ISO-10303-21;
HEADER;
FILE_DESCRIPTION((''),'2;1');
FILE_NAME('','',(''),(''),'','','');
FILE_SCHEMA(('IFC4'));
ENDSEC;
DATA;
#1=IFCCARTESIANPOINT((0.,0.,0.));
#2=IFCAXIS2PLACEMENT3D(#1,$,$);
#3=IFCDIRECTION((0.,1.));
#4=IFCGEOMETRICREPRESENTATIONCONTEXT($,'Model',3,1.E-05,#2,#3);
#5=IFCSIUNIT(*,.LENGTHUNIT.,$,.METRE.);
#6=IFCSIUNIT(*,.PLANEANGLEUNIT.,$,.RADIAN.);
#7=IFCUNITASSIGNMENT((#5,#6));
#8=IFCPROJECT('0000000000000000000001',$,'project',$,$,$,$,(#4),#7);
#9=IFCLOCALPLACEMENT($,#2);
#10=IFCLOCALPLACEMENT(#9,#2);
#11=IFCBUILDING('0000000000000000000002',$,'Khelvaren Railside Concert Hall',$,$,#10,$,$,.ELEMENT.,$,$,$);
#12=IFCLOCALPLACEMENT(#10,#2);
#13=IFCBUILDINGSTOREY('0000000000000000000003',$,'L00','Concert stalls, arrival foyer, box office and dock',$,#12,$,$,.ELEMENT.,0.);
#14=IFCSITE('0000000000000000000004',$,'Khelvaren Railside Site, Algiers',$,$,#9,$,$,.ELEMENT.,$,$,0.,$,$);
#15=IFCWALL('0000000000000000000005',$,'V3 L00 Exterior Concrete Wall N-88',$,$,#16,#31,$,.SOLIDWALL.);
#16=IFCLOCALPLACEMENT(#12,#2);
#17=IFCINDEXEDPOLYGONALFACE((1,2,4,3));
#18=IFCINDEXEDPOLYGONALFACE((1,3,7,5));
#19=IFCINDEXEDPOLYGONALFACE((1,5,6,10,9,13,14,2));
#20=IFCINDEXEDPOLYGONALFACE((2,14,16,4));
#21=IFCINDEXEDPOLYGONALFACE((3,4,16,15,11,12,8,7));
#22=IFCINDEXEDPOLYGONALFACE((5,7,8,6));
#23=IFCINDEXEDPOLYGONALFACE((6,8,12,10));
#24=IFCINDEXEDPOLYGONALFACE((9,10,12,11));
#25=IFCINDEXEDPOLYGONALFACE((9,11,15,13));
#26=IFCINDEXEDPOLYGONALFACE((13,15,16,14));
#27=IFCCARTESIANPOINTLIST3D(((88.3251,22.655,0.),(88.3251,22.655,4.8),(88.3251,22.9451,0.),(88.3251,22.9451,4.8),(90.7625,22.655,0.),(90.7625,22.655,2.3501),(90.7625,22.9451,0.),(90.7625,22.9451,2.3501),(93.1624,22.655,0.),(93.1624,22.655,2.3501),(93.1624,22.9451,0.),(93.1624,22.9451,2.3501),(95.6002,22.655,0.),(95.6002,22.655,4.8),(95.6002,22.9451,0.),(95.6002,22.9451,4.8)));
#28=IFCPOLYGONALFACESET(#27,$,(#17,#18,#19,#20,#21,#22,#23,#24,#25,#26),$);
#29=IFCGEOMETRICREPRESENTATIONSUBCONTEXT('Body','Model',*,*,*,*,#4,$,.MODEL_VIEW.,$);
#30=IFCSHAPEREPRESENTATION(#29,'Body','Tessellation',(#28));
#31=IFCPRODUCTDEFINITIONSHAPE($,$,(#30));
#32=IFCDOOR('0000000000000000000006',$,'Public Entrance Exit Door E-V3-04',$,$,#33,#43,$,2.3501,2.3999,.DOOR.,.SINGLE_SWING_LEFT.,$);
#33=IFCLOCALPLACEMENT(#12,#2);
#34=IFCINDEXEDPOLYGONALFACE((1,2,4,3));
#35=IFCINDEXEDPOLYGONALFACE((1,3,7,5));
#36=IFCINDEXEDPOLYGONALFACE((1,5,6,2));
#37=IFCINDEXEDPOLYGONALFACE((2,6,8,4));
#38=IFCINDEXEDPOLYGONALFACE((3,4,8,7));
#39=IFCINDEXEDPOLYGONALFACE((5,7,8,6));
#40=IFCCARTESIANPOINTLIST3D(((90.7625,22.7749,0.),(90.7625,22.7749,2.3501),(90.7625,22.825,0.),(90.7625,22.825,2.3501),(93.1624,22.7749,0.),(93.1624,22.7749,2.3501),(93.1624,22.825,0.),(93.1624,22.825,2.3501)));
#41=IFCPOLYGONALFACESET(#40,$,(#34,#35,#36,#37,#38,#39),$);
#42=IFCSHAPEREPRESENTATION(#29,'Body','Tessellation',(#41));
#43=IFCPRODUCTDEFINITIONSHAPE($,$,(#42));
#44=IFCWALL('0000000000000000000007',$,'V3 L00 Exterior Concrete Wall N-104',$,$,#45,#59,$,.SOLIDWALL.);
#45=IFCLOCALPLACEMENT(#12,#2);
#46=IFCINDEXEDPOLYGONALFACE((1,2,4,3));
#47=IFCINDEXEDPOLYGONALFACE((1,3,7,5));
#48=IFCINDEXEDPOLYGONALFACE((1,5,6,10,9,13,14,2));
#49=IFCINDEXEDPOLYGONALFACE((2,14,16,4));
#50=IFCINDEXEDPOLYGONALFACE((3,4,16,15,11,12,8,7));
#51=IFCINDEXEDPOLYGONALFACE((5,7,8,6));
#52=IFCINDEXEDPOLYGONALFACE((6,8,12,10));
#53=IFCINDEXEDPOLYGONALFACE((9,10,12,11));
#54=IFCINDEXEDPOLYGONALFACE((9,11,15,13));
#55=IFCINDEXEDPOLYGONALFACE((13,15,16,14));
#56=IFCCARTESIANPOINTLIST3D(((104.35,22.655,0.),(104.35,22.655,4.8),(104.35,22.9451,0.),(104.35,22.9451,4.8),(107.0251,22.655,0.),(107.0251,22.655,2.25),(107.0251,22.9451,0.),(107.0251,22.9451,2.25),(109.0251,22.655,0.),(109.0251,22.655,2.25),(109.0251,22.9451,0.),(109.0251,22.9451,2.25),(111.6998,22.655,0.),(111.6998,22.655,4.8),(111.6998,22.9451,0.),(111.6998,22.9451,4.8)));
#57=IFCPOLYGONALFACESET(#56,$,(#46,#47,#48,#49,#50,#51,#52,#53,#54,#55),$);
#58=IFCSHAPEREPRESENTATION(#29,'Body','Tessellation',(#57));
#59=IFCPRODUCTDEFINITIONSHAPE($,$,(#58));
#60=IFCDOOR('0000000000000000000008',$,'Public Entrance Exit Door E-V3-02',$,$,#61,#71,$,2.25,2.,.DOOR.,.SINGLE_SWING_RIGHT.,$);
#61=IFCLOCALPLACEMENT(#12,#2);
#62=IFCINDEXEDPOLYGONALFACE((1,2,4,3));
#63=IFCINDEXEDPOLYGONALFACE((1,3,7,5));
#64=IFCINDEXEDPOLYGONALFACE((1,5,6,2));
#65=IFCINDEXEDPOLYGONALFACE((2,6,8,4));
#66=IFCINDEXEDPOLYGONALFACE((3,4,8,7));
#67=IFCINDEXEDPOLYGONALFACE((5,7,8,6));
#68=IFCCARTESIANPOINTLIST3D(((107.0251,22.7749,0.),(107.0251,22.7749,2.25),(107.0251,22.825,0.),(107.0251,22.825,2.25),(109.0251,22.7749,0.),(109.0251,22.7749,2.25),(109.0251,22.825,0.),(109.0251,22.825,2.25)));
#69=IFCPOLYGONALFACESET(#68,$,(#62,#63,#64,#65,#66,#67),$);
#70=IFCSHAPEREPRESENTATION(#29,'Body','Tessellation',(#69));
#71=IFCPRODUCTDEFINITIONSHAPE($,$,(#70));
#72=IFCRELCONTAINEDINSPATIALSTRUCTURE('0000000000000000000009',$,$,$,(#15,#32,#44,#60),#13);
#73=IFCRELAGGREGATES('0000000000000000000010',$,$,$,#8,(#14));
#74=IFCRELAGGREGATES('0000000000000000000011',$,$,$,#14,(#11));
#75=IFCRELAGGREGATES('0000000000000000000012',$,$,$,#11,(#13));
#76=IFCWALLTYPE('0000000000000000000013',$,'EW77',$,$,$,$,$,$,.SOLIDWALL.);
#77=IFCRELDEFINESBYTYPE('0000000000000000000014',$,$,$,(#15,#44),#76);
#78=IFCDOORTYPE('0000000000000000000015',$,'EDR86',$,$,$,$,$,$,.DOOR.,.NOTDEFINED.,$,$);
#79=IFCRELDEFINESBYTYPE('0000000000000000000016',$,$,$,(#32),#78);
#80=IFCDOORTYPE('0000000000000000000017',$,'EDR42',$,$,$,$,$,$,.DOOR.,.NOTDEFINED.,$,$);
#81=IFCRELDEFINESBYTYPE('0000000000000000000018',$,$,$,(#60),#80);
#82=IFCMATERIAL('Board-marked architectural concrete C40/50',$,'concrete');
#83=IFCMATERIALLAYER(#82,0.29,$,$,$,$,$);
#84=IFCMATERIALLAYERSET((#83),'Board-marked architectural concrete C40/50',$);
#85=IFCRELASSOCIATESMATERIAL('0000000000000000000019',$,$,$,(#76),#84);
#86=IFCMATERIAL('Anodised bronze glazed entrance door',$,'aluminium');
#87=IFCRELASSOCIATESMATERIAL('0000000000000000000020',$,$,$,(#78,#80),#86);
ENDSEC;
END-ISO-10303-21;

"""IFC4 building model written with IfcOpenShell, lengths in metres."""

from ifc_helpers import new_model, si_unit, direction, frame, frame_2d, origin, place, context, subcontext, project, spatial, rectangle, extrude, material, layer, layer_set, type_object, element, fill, save


model = new_model("IFC4")

# Units and contexts
model_context = context("Model", 3, precision=1e-05, world=origin(), true_north=direction((0.0, 1.0)))
body_context = subcontext(model_context, "Body", "Model", "MODEL_VIEW")
ifc_project = project(units=[si_unit("LENGTHUNIT", "METRE"), si_unit("PLANEANGLEUNIT", "RADIAN")], contexts=[model_context])

# Site, building, storey
site_placement = place(None, origin())
site = spatial("IfcSite", under=ifc_project, at=site_placement, Name="Khelvaren Railside Site, Algiers", CompositionType="ELEMENT", RefElevation=0.0)
building_placement = place(site_placement, origin())
building = spatial("IfcBuilding", under=site, at=building_placement, Name="Khelvaren Railside Concert Hall", CompositionType="ELEMENT")
storey_placement = place(building_placement, origin())
storey = spatial("IfcBuildingStorey", under=building, at=storey_placement, Name="L00", Description="Concert stalls, arrival foyer, box office and dock", CompositionType="ELEMENT", Elevation=0.0)

# Walls, openings, doors
ifc_material_1 = material(Name="Board-marked architectural concrete C40/50", Category="concrete")
ifc_layer_1 = layer(ifc_material_1, 0.29)
ifc_layer_set_1 = layer_set([ifc_layer_1], Name="Board-marked architectural concrete C40/50")
wall_type = type_object("IfcWallType", Name="EW77", PredefinedType="SOLIDWALL", material=ifc_layer_set_1)
wall_1_placement = place(storey_placement, frame((88.325, 22.8, 0.0), z_axis=(0.0, 0.0, 1.0), x_axis=(1.0, 0.0, 0.0)))
wall_1 = element("IfcWall", 1, at=wall_1_placement, inside=storey, type_object=wall_type, Name="V3 L00 Exterior Concrete Wall N-88", PredefinedType="SOLIDWALL", context=body_context, shape_type="SweptSolid", body=[
    extrude(rectangle(XDim=7.2751, YDim=0.29, at=frame_2d((3.6377, 0.0))), origin(), (0.0, 0.0, 1.0), 4.8),
])
opening_1_placement = place(wall_1_placement, frame((2.4375, 0.0, 0.0)))
opening_1 = element("IfcOpeningElement", 2, at=opening_1_placement, cuts=wall_1, PredefinedType="OPENING", context=body_context, shape_type="SweptSolid", body=[
    extrude(rectangle(XDim=2.3999, YDim=2.3501, at=frame_2d((1.2, 1.175))), frame((0.0, 0.155, 0.0), z_axis=(0.0, -1.0, 0.0), x_axis=(1.0, 0.0, 0.0)), (0.0, 0.0, 1.0), 0.3101),
])
ifc_material_2 = material(Name="Anodised bronze glazed entrance door", Category="aluminium")
door_type_1 = type_object("IfcDoorType", Name="EDR86", OperationType="NOTDEFINED", PredefinedType="DOOR", material=ifc_material_2)
door_1_placement = place(opening_1_placement, origin())
door_1 = element("IfcDoor", 3, at=door_1_placement, inside=storey, type_object=door_type_1, Name="Public Entrance Exit Door E-V3-04", OperationType="SINGLE_SWING_LEFT", OverallHeight=2.3501, OverallWidth=2.3999, PredefinedType="DOOR", context=body_context, shape_type="SweptSolid", body=[
    extrude(rectangle(XDim=2.3999, YDim=2.3501, at=frame_2d((1.2, 1.175))), frame((0.0, 0.0249, 0.0), z_axis=(0.0, -1.0, 0.0), x_axis=(1.0, 0.0, 0.0)), (0.0, 0.0, 1.0), 0.05),
])
fill(opening_1, door_1)
wall_2_placement = place(storey_placement, frame((104.3501, 22.8, 0.0), z_axis=(0.0, 0.0, 1.0), x_axis=(1.0, 0.0, 0.0)))
wall_2 = element("IfcWall", 4, at=wall_2_placement, inside=storey, type_object=wall_type, Name="V3 L00 Exterior Concrete Wall N-104", PredefinedType="SOLIDWALL", context=body_context, shape_type="SweptSolid", body=[
    extrude(rectangle(XDim=7.3499, YDim=0.29, at=frame_2d((3.6748, 0.0))), origin(), (0.0, 0.0, 1.0), 4.8),
])
opening_2_placement = place(wall_2_placement, frame((2.675, 0.0, 0.0)))
opening_2 = element("IfcOpeningElement", 5, at=opening_2_placement, cuts=wall_2, PredefinedType="OPENING", context=body_context, shape_type="SweptSolid", body=[
    extrude(rectangle(XDim=2.0, YDim=2.25, at=frame_2d((1.0, 1.125))), frame((0.0, 0.155, 0.0), z_axis=(0.0, -1.0, 0.0), x_axis=(1.0, 0.0, 0.0)), (0.0, 0.0, 1.0), 0.3101),
])
door_type_2 = type_object("IfcDoorType", Name="EDR42", OperationType="NOTDEFINED", PredefinedType="DOOR", material=ifc_material_2)
door_2_placement = place(opening_2_placement, origin())
door_2 = element("IfcDoor", 6, at=door_2_placement, inside=storey, type_object=door_type_2, Name="Public Entrance Exit Door E-V3-02", OperationType="SINGLE_SWING_RIGHT", OverallHeight=2.25, OverallWidth=2.0, PredefinedType="DOOR", context=body_context, shape_type="SweptSolid", body=[
    extrude(rectangle(XDim=2.0, YDim=2.25, at=frame_2d((1.0, 1.125))), frame((0.0, 0.0249, 0.0), z_axis=(0.0, -1.0, 0.0), x_axis=(1.0, 0.0, 0.0)), (0.0, 0.0, 1.0), 0.05),
])
fill(opening_2, door_2)

save(model, "model.ifc")
